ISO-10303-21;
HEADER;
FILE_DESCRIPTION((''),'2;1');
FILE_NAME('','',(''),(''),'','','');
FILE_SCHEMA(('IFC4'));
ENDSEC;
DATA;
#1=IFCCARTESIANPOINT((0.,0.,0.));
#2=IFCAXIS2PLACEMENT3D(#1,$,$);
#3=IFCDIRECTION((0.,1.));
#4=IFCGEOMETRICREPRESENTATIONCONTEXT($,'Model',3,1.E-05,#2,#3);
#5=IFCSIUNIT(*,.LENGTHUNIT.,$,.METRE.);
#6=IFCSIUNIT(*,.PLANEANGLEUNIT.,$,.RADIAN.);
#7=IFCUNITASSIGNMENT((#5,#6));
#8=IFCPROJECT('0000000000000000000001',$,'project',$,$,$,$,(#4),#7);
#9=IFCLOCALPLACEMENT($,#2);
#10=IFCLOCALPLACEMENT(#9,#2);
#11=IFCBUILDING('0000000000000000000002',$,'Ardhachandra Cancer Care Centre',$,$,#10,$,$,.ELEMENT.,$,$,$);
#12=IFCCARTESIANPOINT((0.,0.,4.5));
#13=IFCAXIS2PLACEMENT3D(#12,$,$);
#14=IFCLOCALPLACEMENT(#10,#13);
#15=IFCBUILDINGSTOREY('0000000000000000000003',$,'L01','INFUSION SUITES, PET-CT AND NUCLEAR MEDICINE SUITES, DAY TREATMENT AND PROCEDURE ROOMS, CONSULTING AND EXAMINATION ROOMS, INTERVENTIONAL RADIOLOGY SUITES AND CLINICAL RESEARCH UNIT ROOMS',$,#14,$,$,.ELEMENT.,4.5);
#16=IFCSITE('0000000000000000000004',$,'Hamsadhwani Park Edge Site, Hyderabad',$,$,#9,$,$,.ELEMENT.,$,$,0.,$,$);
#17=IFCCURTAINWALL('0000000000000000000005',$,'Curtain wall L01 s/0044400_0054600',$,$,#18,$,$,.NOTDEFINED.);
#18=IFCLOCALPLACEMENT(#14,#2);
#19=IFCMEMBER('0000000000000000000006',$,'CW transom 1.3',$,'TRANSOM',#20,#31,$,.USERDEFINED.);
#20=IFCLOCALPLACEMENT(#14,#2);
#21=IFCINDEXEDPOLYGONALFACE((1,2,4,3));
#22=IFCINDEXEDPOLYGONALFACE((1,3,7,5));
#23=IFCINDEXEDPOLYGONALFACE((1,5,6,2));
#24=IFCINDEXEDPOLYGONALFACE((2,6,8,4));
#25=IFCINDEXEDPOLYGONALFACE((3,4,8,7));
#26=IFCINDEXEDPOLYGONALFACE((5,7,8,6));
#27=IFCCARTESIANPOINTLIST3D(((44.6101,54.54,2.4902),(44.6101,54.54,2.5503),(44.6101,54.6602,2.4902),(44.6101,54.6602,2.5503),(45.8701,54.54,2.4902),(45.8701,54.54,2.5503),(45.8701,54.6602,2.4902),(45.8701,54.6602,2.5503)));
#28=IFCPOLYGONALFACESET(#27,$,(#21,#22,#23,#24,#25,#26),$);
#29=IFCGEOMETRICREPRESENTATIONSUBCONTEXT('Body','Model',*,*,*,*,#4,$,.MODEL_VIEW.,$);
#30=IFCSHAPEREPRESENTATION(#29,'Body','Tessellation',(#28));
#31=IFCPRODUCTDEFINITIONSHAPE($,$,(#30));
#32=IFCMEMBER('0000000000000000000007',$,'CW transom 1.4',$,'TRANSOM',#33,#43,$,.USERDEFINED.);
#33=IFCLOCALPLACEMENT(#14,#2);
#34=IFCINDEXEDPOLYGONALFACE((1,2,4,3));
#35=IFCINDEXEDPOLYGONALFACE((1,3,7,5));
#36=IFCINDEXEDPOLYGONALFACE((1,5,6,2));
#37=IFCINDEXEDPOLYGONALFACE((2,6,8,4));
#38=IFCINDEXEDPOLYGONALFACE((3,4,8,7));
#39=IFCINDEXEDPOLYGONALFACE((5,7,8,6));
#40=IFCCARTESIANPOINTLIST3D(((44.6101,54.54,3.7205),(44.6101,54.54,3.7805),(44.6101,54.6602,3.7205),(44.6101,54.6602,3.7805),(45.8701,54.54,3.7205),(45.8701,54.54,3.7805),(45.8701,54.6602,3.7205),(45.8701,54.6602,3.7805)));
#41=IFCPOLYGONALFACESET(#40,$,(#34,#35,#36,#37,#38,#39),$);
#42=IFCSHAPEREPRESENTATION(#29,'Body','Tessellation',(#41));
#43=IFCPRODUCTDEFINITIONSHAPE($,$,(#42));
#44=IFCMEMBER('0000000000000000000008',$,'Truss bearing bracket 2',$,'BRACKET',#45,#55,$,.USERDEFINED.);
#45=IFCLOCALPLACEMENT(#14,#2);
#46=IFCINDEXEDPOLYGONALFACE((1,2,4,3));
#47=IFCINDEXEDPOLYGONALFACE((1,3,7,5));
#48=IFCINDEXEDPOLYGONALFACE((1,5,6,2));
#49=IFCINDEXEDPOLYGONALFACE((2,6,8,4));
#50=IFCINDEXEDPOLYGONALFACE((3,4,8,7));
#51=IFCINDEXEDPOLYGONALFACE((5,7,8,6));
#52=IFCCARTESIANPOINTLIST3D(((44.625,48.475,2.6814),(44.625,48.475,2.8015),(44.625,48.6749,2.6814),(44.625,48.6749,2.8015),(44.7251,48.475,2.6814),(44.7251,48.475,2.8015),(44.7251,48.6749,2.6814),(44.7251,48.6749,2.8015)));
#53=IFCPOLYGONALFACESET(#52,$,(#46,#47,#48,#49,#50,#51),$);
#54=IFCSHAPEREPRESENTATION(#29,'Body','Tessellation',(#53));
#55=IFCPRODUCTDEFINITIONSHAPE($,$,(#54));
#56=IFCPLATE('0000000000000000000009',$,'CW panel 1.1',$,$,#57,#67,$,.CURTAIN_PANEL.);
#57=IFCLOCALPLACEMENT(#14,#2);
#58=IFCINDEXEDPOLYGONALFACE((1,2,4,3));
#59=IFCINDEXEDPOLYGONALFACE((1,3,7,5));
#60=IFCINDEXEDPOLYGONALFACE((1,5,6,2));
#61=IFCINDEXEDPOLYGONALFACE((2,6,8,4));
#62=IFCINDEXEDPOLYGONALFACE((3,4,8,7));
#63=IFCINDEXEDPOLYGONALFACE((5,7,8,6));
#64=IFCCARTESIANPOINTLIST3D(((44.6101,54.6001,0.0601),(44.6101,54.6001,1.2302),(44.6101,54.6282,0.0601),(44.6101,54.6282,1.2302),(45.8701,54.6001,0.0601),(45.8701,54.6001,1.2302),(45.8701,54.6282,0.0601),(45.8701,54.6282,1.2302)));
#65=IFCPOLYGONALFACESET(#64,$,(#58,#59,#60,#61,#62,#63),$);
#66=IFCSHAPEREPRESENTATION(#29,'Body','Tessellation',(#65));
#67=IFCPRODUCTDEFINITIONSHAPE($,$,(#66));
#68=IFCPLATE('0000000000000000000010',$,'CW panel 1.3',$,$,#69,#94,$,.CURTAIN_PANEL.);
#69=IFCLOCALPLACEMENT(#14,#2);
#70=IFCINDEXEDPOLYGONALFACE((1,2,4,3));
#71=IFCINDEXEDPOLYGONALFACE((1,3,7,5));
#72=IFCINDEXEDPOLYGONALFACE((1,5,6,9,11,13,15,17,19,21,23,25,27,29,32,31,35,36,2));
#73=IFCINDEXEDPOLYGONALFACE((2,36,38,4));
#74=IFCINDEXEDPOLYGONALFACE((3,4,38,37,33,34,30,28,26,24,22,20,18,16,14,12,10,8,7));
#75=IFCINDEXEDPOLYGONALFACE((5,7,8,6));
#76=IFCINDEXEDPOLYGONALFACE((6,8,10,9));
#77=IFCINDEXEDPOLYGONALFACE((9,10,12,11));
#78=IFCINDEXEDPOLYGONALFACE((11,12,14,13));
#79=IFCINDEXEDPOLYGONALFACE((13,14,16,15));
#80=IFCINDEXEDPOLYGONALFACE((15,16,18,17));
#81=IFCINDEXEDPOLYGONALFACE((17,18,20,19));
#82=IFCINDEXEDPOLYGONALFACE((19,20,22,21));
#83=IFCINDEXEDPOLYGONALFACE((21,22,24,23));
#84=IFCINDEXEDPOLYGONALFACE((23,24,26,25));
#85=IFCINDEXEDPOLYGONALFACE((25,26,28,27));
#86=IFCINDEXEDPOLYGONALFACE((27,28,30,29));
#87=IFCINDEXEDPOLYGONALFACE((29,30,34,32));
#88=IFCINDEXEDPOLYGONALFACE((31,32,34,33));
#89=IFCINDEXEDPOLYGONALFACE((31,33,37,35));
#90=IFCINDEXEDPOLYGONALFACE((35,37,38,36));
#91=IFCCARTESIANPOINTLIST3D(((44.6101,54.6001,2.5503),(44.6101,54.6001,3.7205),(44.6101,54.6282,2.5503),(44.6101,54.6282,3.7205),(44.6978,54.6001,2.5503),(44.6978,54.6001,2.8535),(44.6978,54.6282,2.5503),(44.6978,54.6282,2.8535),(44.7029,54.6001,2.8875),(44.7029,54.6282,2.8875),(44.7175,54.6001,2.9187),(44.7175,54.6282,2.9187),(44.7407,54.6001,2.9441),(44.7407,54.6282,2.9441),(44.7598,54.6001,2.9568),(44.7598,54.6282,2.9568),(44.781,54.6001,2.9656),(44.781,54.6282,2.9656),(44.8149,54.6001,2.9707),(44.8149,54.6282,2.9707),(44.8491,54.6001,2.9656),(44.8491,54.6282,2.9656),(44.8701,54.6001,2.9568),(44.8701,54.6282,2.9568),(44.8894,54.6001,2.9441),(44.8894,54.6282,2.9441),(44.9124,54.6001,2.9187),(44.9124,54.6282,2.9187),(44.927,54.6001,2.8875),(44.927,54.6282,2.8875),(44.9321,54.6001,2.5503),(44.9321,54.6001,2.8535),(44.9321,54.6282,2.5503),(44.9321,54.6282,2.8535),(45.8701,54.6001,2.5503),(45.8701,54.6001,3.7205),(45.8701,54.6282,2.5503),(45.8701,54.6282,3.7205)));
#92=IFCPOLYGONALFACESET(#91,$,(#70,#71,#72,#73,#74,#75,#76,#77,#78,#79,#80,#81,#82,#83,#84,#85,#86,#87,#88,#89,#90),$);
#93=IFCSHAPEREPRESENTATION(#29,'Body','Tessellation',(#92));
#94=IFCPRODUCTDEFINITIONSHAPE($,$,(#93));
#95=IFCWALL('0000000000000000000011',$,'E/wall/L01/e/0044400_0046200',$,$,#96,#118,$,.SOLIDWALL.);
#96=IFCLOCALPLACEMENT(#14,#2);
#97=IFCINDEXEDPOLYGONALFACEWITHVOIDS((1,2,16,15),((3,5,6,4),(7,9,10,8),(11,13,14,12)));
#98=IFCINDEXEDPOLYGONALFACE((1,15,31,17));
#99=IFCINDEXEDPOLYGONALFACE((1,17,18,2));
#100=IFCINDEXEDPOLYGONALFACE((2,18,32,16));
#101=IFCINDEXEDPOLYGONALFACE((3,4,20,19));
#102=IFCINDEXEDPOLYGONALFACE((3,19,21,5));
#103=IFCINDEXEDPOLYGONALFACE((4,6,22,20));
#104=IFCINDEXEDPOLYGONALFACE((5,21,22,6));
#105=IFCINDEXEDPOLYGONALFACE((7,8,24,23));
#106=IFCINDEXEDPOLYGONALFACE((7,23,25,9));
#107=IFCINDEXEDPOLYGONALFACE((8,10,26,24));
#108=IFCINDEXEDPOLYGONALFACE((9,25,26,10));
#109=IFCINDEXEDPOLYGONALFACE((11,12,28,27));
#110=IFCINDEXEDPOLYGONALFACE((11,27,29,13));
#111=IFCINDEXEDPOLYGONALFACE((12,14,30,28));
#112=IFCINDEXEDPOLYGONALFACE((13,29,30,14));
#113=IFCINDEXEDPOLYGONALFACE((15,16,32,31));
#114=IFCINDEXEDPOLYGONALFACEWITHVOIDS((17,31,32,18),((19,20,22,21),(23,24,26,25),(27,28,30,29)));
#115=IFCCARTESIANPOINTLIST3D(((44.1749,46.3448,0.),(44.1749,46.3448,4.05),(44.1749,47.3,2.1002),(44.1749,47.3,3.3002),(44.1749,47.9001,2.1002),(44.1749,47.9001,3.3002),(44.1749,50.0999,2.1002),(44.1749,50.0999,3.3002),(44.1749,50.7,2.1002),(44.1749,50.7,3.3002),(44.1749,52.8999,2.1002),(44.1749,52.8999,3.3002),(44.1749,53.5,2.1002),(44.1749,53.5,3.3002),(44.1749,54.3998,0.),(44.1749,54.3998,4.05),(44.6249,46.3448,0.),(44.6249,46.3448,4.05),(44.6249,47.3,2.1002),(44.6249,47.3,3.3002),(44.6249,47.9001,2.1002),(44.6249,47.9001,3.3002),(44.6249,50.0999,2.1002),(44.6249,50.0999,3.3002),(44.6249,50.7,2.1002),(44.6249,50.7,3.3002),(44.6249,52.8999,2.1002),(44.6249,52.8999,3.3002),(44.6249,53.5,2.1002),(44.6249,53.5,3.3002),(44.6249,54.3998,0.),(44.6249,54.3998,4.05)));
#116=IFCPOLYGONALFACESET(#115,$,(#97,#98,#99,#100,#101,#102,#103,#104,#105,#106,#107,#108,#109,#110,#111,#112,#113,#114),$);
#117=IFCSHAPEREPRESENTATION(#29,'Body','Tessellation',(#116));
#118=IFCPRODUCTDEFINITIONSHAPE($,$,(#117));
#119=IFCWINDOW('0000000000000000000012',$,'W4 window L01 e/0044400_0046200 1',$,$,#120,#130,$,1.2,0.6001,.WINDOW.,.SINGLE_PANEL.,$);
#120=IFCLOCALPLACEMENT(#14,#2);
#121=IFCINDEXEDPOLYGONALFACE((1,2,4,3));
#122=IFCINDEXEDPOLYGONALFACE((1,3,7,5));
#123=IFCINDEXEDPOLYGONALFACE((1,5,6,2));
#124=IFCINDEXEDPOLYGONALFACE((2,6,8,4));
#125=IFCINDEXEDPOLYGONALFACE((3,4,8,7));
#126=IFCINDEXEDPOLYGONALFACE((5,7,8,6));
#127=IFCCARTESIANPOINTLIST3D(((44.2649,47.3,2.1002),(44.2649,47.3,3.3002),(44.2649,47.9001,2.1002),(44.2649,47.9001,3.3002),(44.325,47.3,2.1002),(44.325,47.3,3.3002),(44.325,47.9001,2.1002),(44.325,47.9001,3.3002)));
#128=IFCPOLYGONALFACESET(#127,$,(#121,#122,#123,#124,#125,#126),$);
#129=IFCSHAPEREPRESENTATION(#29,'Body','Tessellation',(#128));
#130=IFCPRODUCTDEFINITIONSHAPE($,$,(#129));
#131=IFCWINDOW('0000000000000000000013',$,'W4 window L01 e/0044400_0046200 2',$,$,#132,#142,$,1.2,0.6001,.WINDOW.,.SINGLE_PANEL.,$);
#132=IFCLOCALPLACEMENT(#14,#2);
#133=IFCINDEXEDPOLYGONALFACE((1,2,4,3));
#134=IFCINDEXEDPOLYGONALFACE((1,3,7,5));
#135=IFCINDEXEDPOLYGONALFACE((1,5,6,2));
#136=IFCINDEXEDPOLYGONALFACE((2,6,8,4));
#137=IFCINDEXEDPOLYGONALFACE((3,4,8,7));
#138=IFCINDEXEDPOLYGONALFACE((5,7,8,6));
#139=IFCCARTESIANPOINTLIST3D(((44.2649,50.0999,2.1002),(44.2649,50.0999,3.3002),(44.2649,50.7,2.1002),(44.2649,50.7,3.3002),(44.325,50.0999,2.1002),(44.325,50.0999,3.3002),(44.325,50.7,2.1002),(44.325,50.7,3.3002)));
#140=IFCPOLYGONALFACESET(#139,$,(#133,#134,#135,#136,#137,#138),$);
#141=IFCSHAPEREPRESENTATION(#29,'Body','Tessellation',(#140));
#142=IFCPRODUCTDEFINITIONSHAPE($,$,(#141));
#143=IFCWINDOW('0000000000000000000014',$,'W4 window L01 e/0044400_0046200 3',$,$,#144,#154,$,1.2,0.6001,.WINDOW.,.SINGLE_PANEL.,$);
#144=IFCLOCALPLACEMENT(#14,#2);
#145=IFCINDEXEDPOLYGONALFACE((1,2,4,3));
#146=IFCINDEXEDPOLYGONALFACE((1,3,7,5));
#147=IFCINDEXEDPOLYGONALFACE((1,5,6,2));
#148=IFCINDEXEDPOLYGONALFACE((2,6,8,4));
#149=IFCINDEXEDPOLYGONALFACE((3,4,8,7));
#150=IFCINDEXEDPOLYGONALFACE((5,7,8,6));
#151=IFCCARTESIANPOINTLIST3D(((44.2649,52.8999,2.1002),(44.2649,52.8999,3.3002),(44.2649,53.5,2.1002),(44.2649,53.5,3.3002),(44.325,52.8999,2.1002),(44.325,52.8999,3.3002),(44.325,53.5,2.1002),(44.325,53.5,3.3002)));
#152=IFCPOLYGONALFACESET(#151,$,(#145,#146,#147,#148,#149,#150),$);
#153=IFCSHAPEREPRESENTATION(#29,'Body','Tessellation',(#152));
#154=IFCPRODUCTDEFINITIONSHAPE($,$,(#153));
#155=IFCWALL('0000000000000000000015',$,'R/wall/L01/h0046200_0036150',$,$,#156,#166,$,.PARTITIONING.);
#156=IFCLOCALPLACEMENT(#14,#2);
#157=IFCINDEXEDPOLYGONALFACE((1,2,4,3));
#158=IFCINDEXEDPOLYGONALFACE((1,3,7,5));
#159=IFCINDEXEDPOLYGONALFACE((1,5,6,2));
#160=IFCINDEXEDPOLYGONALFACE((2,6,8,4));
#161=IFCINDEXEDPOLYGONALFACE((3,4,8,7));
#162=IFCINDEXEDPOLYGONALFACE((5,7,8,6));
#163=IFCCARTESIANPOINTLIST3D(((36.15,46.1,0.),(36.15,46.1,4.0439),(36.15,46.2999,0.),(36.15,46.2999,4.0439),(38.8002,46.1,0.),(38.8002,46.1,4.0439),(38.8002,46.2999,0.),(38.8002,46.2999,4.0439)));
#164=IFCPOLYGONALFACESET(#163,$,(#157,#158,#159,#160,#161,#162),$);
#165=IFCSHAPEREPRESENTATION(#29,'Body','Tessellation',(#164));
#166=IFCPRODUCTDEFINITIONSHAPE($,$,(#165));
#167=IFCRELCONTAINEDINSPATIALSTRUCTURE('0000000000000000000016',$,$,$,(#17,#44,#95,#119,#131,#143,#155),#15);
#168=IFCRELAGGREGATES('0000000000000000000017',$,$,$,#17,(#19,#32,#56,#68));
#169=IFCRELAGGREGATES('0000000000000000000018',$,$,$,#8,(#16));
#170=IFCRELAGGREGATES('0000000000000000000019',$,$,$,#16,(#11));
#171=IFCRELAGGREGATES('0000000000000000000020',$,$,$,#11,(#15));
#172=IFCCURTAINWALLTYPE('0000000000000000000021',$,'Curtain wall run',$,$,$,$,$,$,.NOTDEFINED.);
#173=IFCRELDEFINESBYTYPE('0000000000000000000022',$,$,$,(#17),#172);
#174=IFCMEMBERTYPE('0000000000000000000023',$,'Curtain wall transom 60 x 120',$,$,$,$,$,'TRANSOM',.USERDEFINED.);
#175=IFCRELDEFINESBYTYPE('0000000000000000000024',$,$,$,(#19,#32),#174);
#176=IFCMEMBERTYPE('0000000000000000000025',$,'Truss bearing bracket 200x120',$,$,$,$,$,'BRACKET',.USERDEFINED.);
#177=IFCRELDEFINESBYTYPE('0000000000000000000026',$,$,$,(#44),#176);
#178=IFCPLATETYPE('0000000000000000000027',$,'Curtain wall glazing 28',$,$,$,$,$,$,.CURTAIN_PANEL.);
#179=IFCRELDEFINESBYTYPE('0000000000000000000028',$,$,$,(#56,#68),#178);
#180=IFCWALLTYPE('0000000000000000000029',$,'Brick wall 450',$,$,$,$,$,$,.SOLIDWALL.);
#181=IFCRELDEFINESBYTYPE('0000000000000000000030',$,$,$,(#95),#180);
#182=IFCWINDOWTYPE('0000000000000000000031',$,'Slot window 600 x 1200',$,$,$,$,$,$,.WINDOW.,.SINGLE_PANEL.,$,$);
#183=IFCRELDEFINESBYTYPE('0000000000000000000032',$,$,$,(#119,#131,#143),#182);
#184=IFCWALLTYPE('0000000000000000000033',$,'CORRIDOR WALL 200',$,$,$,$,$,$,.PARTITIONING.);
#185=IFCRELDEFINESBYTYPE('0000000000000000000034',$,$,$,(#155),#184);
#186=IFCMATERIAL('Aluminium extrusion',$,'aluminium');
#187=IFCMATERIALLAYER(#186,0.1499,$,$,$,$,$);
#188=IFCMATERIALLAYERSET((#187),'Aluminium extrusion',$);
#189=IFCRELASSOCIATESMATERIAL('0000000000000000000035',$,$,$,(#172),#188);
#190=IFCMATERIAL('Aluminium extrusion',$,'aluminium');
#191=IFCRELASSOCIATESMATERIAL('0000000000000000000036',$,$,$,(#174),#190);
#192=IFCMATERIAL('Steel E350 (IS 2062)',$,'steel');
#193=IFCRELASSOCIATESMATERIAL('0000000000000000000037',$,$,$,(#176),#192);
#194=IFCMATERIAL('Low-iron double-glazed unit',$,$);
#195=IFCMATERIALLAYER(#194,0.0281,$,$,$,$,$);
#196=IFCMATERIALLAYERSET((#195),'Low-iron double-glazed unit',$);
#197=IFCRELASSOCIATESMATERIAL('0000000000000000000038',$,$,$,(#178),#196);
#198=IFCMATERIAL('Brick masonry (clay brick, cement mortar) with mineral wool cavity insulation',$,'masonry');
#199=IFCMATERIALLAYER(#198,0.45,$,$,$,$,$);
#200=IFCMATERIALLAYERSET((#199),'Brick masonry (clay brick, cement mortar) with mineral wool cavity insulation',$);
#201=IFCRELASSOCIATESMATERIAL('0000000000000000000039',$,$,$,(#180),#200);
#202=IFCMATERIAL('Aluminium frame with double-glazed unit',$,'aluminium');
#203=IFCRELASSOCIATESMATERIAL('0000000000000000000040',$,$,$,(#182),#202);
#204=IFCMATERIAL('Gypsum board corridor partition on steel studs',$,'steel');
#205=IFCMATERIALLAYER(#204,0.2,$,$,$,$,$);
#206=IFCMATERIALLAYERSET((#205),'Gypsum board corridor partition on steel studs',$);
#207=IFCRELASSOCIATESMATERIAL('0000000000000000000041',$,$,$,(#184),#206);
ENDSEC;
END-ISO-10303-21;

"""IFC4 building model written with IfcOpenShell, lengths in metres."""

from ifc_helpers import new_model, si_unit, direction, frame, frame_2d, origin, origin_2d, place, context, subcontext, project, spatial, polyline, rectangle, outline, extrude, material, layer, layer_set, material_profile, profile_set, type_object, element, fill, aggregate, save


model = new_model("IFC4")

# Units and contexts
model_context = context("Model", 3, precision=1e-05, world=origin(), true_north=direction((0.0, 1.0)))
body_context = subcontext(model_context, "Body", "Model", "MODEL_VIEW")
ifc_project = project(units=[si_unit("LENGTHUNIT", "METRE"), si_unit("PLANEANGLEUNIT", "RADIAN")], contexts=[model_context])

# Site, building, storey
site_placement = place(None, origin())
site = spatial("IfcSite", under=ifc_project, at=site_placement, Name="Hamsadhwani Park Edge Site, Hyderabad", CompositionType="ELEMENT", RefElevation=0.0)
building_placement = place(site_placement, origin())
building = spatial("IfcBuilding", under=site, at=building_placement, Name="Ardhachandra Cancer Care Centre", CompositionType="ELEMENT")
storey_placement = place(building_placement, frame((0.0, 0.0, 4.5)))
storey = spatial("IfcBuildingStorey", under=building, at=storey_placement, Name="L01", Description="INFUSION SUITES, PET-CT AND NUCLEAR MEDICINE SUITES, DAY TREATMENT AND PROCEDURE ROOMS, CONSULTING AND EXAMINATION ROOMS, INTERVENTIONAL RADIOLOGY SUITES AND CLINICAL RESEARCH UNIT ROOMS", CompositionType="ELEMENT", Elevation=4.5)

# Curtain wall, members
ifc_material_1 = material(Name="Aluminium extrusion", Category="aluminium")
ifc_layer_1 = layer(ifc_material_1, 0.1499)
ifc_layer_set_1 = layer_set([ifc_layer_1], Name="Aluminium extrusion")
curtain_wall_type = type_object("IfcCurtainWallType", Name="Curtain wall run", PredefinedType="NOTDEFINED", material=ifc_layer_set_1)
curtain_wall_placement = place(storey_placement, origin())
curtain_wall = element("IfcCurtainWall", 1, at=curtain_wall_placement, inside=storey, type_object=curtain_wall_type, Name="Curtain wall L01 s/0044400_0054600", PredefinedType="NOTDEFINED")
ifc_material_2 = material(Name="Aluminium extrusion", Category="aluminium")
ifc_material_profile_1 = material_profile(ifc_material_2, rectangle(XDim=0.1201, YDim=0.0601, at=origin_2d()), Name="Curtain wall transom 60 x 120")
ifc_profile_set_1 = profile_set([ifc_material_profile_1], Name="Aluminium extrusion")
member_type_1 = type_object("IfcMemberType", Name="Curtain wall transom 60 x 120", ElementType="TRANSOM", PredefinedType="USERDEFINED", material=ifc_profile_set_1)
member_1_placement = place(storey_placement, frame((44.6101, 54.6001, 2.5203), z_axis=(1.0, 0.0, 0.0), x_axis=(0.0, 1.0, 0.0)))
member_1 = element("IfcMember", 2, at=member_1_placement, type_object=member_type_1, Name="CW transom 1.3", ObjectType="TRANSOM", PredefinedType="USERDEFINED", context=body_context, shape_type="SweptSolid", body=[
    extrude(rectangle(XDim=0.1201, YDim=0.0601, at=origin_2d()), origin(), (0.0, 0.0, 1.0), 1.26),
])
member_2_placement = place(storey_placement, frame((44.6101, 54.6001, 3.7505), z_axis=(1.0, 0.0, 0.0), x_axis=(0.0, 1.0, 0.0)))
member_2 = element("IfcMember", 3, at=member_2_placement, type_object=member_type_1, Name="CW transom 1.4", ObjectType="TRANSOM", PredefinedType="USERDEFINED", context=body_context, shape_type="SweptSolid", body=[
    extrude(rectangle(XDim=0.1201, YDim=0.0601, at=origin_2d()), origin(), (0.0, 0.0, 1.0), 1.26),
])

# Member
ifc_material_3 = material(Name="Steel E350 (IS 2062)", Category="steel")
ifc_material_profile_2 = material_profile(ifc_material_3, rectangle(XDim=0.2, YDim=0.1201, at=origin_2d()), Name="PL 200x120")
ifc_profile_set_2 = profile_set([ifc_material_profile_2], Name="Steel E350 (IS 2062)")
member_type_2 = type_object("IfcMemberType", Name="Truss bearing bracket 200x120", ElementType="BRACKET", PredefinedType="USERDEFINED", material=ifc_profile_set_2)
member_3_placement = place(storey_placement, frame((44.625, 48.575, 2.7415), z_axis=(1.0, 0.0, 0.0), x_axis=(0.0, 1.0, 0.0)))
element("IfcMember", 4, at=member_3_placement, inside=storey, type_object=member_type_2, Name="Truss bearing bracket 2", ObjectType="BRACKET", PredefinedType="USERDEFINED", context=body_context, shape_type="SweptSolid", body=[
    extrude(rectangle(XDim=0.2, YDim=0.1201, at=origin_2d()), origin(), (0.0, 0.0, 1.0), 0.1001),
])

# Plates
ifc_material_4 = material(Name="Low-iron double-glazed unit")
ifc_layer_2 = layer(ifc_material_4, 0.0281)
ifc_layer_set_2 = layer_set([ifc_layer_2], Name="Low-iron double-glazed unit")
plate_type = type_object("IfcPlateType", Name="Curtain wall glazing 28", PredefinedType="CURTAIN_PANEL", material=ifc_layer_set_2)
plate_1_placement = place(storey_placement, frame((44.6101, 54.6001, 0.0601), z_axis=(0.0, 1.0, 0.0), x_axis=(0.0, 0.0, 1.0)))
plate_1 = element("IfcPlate", 5, at=plate_1_placement, type_object=plate_type, Name="CW panel 1.1", PredefinedType="CURTAIN_PANEL", context=body_context, shape_type="SweptSolid", body=[
    extrude(outline(polyline([(0.0, 0.0), (1.1702, 0.0), (1.1702, 1.26), (0.0, 1.26), (0.0, 0.0)])), origin(), (0.0, 0.0, 1.0), 0.0281),
])
plate_2_placement = place(storey_placement, frame((44.6101, 54.6001, 2.5503), z_axis=(0.0, 1.0, 0.0), x_axis=(0.0, 0.0, 1.0)))
plate_2 = element("IfcPlate", 6, at=plate_2_placement, type_object=plate_type, Name="CW panel 1.3", PredefinedType="CURTAIN_PANEL", context=body_context, shape_type="SweptSolid", body=[
    extrude(outline(polyline([(0.0, 0.0), (1.1702, 0.0), (1.1702, 1.26), (0.0, 1.26), (0.0, 0.322), (0.3032, 0.322), (0.3372, 0.3169), (0.3684, 0.3022), (0.3938, 0.2793), (0.4065, 0.26), (0.4153, 0.239), (0.4204, 0.2048), (0.4153, 0.1709), (0.4065, 0.1497), (0.3938, 0.1306), (0.3684, 0.1074), (0.3372, 0.0928), (0.3032, 0.0876), (0.0, 0.0876), (0.0, 0.0)])), origin(), (0.0, 0.0, 1.0), 0.0281),
])
aggregate(curtain_wall, [member_1, member_2, plate_1, plate_2])

# Wall, openings, windows
ifc_material_5 = material(Name="Brick masonry (clay brick, cement mortar) with mineral wool cavity insulation", Category="masonry")
ifc_layer_3 = layer(ifc_material_5, 0.45)
ifc_layer_set_3 = layer_set([ifc_layer_3], Name="Brick masonry (clay brick, cement mortar) with mineral wool cavity insulation")
wall_type_1 = type_object("IfcWallType", Name="Brick wall 450", PredefinedType="SOLIDWALL", material=ifc_layer_set_3)
wall_1_placement = place(storey_placement, frame((44.3999, 46.345, 0.0), z_axis=(0.0, 0.0, 1.0), x_axis=(0.0, 1.0, 0.0)))
wall_1 = element("IfcWall", 7, at=wall_1_placement, inside=storey, type_object=wall_type_1, Name="E/wall/L01/e/0044400_0046200", PredefinedType="SOLIDWALL", context=body_context, shape_type="SweptSolid", body=[
    extrude(rectangle(XDim=8.0549, YDim=0.45, at=frame_2d((4.0273, 0.0))), origin(), (0.0, 0.0, 1.0), 4.05),
])
opening_1_placement = place(wall_1_placement, frame((0.9551, 0.0, 2.1001)))
opening_1 = element("IfcOpeningElement", 8, at=opening_1_placement, cuts=wall_1, PredefinedType="OPENING", context=body_context, shape_type="SweptSolid", body=[
    extrude(rectangle(XDim=0.6001, YDim=1.2, at=frame_2d((0.3, 0.6001))), frame((0.0, 0.2349, 0.0), z_axis=(0.0, -1.0, 0.0), x_axis=(1.0, 0.0, 0.0)), (0.0, 0.0, 1.0), 0.47),
])
opening_2_placement = place(wall_1_placement, frame((3.7549, 0.0, 2.1001)))
opening_2 = element("IfcOpeningElement", 9, at=opening_2_placement, cuts=wall_1, PredefinedType="OPENING", context=body_context, shape_type="SweptSolid", body=[
    extrude(rectangle(XDim=0.6001, YDim=1.2, at=frame_2d((0.3, 0.6001))), frame((0.0, 0.2349, 0.0), z_axis=(0.0, -1.0, 0.0), x_axis=(1.0, 0.0, 0.0)), (0.0, 0.0, 1.0), 0.47),
])
opening_3_placement = place(wall_1_placement, frame((6.5549, 0.0, 2.1001)))
opening_3 = element("IfcOpeningElement", 10, at=opening_3_placement, cuts=wall_1, PredefinedType="OPENING", context=body_context, shape_type="SweptSolid", body=[
    extrude(rectangle(XDim=0.6001, YDim=1.2, at=frame_2d((0.3, 0.6001))), frame((0.0, 0.2349, 0.0), z_axis=(0.0, -1.0, 0.0), x_axis=(1.0, 0.0, 0.0)), (0.0, 0.0, 1.0), 0.47),
])
ifc_material_6 = material(Name="Aluminium frame with double-glazed unit", Category="aluminium")
window_type = type_object("IfcWindowType", Name="Slot window 600 x 1200", PartitioningType="SINGLE_PANEL", PredefinedType="WINDOW", material=ifc_material_6)
window_1_placement = place(opening_1_placement, origin())
window_1 = element("IfcWindow", 11, at=window_1_placement, inside=storey, type_object=window_type, Name="W4 window L01 e/0044400_0046200 1", OverallHeight=1.2, OverallWidth=0.6001, PartitioningType="SINGLE_PANEL", PredefinedType="WINDOW", context=body_context, shape_type="SweptSolid", body=[
    extrude(rectangle(XDim=0.6001, YDim=1.2, at=frame_2d((0.3, 0.6001))), frame((0.0, 0.135, 0.0), z_axis=(0.0, -1.0, 0.0), x_axis=(1.0, 0.0, 0.0)), (0.0, 0.0, 1.0), 0.0601),
])
fill(opening_1, window_1)
window_2_placement = place(opening_2_placement, origin())
window_2 = element("IfcWindow", 12, at=window_2_placement, inside=storey, type_object=window_type, Name="W4 window L01 e/0044400_0046200 2", OverallHeight=1.2, OverallWidth=0.6001, PartitioningType="SINGLE_PANEL", PredefinedType="WINDOW", context=body_context, shape_type="SweptSolid", body=[
    extrude(rectangle(XDim=0.6001, YDim=1.2, at=frame_2d((0.3, 0.6001))), frame((0.0, 0.135, 0.0), z_axis=(0.0, -1.0, 0.0), x_axis=(1.0, 0.0, 0.0)), (0.0, 0.0, 1.0), 0.0601),
])
fill(opening_2, window_2)
window_3_placement = place(opening_3_placement, origin())
window_3 = element("IfcWindow", 13, at=window_3_placement, inside=storey, type_object=window_type, Name="W4 window L01 e/0044400_0046200 3", OverallHeight=1.2, OverallWidth=0.6001, PartitioningType="SINGLE_PANEL", PredefinedType="WINDOW", context=body_context, shape_type="SweptSolid", body=[
    extrude(rectangle(XDim=0.6001, YDim=1.2, at=frame_2d((0.3, 0.6001))), frame((0.0, 0.135, 0.0), z_axis=(0.0, -1.0, 0.0), x_axis=(1.0, 0.0, 0.0)), (0.0, 0.0, 1.0), 0.0601),
])
fill(opening_3, window_3)

# Wall
ifc_material_7 = material(Name="Gypsum board corridor partition on steel studs", Category="steel")
ifc_layer_4 = layer(ifc_material_7, 0.2)
ifc_layer_set_4 = layer_set([ifc_layer_4], Name="Gypsum board corridor partition on steel studs")
wall_type_2 = type_object("IfcWallType", Name="CORRIDOR WALL 200", PredefinedType="PARTITIONING", material=ifc_layer_set_4)
wall_2_placement = place(storey_placement, frame((36.1499, 46.2, 0.0), z_axis=(0.0, 0.0, 1.0), x_axis=(1.0, 0.0, 0.0)))
element("IfcWall", 14, at=wall_2_placement, inside=storey, type_object=wall_type_2, Name="R/wall/L01/h0046200_0036150", PredefinedType="PARTITIONING", context=body_context, shape_type="SweptSolid", body=[
    extrude(rectangle(XDim=2.6501, YDim=0.2, at=frame_2d((1.3252, 0.0))), origin(), (0.0, 0.0, 1.0), 4.0439),
])

save(model, "model.ifc")
